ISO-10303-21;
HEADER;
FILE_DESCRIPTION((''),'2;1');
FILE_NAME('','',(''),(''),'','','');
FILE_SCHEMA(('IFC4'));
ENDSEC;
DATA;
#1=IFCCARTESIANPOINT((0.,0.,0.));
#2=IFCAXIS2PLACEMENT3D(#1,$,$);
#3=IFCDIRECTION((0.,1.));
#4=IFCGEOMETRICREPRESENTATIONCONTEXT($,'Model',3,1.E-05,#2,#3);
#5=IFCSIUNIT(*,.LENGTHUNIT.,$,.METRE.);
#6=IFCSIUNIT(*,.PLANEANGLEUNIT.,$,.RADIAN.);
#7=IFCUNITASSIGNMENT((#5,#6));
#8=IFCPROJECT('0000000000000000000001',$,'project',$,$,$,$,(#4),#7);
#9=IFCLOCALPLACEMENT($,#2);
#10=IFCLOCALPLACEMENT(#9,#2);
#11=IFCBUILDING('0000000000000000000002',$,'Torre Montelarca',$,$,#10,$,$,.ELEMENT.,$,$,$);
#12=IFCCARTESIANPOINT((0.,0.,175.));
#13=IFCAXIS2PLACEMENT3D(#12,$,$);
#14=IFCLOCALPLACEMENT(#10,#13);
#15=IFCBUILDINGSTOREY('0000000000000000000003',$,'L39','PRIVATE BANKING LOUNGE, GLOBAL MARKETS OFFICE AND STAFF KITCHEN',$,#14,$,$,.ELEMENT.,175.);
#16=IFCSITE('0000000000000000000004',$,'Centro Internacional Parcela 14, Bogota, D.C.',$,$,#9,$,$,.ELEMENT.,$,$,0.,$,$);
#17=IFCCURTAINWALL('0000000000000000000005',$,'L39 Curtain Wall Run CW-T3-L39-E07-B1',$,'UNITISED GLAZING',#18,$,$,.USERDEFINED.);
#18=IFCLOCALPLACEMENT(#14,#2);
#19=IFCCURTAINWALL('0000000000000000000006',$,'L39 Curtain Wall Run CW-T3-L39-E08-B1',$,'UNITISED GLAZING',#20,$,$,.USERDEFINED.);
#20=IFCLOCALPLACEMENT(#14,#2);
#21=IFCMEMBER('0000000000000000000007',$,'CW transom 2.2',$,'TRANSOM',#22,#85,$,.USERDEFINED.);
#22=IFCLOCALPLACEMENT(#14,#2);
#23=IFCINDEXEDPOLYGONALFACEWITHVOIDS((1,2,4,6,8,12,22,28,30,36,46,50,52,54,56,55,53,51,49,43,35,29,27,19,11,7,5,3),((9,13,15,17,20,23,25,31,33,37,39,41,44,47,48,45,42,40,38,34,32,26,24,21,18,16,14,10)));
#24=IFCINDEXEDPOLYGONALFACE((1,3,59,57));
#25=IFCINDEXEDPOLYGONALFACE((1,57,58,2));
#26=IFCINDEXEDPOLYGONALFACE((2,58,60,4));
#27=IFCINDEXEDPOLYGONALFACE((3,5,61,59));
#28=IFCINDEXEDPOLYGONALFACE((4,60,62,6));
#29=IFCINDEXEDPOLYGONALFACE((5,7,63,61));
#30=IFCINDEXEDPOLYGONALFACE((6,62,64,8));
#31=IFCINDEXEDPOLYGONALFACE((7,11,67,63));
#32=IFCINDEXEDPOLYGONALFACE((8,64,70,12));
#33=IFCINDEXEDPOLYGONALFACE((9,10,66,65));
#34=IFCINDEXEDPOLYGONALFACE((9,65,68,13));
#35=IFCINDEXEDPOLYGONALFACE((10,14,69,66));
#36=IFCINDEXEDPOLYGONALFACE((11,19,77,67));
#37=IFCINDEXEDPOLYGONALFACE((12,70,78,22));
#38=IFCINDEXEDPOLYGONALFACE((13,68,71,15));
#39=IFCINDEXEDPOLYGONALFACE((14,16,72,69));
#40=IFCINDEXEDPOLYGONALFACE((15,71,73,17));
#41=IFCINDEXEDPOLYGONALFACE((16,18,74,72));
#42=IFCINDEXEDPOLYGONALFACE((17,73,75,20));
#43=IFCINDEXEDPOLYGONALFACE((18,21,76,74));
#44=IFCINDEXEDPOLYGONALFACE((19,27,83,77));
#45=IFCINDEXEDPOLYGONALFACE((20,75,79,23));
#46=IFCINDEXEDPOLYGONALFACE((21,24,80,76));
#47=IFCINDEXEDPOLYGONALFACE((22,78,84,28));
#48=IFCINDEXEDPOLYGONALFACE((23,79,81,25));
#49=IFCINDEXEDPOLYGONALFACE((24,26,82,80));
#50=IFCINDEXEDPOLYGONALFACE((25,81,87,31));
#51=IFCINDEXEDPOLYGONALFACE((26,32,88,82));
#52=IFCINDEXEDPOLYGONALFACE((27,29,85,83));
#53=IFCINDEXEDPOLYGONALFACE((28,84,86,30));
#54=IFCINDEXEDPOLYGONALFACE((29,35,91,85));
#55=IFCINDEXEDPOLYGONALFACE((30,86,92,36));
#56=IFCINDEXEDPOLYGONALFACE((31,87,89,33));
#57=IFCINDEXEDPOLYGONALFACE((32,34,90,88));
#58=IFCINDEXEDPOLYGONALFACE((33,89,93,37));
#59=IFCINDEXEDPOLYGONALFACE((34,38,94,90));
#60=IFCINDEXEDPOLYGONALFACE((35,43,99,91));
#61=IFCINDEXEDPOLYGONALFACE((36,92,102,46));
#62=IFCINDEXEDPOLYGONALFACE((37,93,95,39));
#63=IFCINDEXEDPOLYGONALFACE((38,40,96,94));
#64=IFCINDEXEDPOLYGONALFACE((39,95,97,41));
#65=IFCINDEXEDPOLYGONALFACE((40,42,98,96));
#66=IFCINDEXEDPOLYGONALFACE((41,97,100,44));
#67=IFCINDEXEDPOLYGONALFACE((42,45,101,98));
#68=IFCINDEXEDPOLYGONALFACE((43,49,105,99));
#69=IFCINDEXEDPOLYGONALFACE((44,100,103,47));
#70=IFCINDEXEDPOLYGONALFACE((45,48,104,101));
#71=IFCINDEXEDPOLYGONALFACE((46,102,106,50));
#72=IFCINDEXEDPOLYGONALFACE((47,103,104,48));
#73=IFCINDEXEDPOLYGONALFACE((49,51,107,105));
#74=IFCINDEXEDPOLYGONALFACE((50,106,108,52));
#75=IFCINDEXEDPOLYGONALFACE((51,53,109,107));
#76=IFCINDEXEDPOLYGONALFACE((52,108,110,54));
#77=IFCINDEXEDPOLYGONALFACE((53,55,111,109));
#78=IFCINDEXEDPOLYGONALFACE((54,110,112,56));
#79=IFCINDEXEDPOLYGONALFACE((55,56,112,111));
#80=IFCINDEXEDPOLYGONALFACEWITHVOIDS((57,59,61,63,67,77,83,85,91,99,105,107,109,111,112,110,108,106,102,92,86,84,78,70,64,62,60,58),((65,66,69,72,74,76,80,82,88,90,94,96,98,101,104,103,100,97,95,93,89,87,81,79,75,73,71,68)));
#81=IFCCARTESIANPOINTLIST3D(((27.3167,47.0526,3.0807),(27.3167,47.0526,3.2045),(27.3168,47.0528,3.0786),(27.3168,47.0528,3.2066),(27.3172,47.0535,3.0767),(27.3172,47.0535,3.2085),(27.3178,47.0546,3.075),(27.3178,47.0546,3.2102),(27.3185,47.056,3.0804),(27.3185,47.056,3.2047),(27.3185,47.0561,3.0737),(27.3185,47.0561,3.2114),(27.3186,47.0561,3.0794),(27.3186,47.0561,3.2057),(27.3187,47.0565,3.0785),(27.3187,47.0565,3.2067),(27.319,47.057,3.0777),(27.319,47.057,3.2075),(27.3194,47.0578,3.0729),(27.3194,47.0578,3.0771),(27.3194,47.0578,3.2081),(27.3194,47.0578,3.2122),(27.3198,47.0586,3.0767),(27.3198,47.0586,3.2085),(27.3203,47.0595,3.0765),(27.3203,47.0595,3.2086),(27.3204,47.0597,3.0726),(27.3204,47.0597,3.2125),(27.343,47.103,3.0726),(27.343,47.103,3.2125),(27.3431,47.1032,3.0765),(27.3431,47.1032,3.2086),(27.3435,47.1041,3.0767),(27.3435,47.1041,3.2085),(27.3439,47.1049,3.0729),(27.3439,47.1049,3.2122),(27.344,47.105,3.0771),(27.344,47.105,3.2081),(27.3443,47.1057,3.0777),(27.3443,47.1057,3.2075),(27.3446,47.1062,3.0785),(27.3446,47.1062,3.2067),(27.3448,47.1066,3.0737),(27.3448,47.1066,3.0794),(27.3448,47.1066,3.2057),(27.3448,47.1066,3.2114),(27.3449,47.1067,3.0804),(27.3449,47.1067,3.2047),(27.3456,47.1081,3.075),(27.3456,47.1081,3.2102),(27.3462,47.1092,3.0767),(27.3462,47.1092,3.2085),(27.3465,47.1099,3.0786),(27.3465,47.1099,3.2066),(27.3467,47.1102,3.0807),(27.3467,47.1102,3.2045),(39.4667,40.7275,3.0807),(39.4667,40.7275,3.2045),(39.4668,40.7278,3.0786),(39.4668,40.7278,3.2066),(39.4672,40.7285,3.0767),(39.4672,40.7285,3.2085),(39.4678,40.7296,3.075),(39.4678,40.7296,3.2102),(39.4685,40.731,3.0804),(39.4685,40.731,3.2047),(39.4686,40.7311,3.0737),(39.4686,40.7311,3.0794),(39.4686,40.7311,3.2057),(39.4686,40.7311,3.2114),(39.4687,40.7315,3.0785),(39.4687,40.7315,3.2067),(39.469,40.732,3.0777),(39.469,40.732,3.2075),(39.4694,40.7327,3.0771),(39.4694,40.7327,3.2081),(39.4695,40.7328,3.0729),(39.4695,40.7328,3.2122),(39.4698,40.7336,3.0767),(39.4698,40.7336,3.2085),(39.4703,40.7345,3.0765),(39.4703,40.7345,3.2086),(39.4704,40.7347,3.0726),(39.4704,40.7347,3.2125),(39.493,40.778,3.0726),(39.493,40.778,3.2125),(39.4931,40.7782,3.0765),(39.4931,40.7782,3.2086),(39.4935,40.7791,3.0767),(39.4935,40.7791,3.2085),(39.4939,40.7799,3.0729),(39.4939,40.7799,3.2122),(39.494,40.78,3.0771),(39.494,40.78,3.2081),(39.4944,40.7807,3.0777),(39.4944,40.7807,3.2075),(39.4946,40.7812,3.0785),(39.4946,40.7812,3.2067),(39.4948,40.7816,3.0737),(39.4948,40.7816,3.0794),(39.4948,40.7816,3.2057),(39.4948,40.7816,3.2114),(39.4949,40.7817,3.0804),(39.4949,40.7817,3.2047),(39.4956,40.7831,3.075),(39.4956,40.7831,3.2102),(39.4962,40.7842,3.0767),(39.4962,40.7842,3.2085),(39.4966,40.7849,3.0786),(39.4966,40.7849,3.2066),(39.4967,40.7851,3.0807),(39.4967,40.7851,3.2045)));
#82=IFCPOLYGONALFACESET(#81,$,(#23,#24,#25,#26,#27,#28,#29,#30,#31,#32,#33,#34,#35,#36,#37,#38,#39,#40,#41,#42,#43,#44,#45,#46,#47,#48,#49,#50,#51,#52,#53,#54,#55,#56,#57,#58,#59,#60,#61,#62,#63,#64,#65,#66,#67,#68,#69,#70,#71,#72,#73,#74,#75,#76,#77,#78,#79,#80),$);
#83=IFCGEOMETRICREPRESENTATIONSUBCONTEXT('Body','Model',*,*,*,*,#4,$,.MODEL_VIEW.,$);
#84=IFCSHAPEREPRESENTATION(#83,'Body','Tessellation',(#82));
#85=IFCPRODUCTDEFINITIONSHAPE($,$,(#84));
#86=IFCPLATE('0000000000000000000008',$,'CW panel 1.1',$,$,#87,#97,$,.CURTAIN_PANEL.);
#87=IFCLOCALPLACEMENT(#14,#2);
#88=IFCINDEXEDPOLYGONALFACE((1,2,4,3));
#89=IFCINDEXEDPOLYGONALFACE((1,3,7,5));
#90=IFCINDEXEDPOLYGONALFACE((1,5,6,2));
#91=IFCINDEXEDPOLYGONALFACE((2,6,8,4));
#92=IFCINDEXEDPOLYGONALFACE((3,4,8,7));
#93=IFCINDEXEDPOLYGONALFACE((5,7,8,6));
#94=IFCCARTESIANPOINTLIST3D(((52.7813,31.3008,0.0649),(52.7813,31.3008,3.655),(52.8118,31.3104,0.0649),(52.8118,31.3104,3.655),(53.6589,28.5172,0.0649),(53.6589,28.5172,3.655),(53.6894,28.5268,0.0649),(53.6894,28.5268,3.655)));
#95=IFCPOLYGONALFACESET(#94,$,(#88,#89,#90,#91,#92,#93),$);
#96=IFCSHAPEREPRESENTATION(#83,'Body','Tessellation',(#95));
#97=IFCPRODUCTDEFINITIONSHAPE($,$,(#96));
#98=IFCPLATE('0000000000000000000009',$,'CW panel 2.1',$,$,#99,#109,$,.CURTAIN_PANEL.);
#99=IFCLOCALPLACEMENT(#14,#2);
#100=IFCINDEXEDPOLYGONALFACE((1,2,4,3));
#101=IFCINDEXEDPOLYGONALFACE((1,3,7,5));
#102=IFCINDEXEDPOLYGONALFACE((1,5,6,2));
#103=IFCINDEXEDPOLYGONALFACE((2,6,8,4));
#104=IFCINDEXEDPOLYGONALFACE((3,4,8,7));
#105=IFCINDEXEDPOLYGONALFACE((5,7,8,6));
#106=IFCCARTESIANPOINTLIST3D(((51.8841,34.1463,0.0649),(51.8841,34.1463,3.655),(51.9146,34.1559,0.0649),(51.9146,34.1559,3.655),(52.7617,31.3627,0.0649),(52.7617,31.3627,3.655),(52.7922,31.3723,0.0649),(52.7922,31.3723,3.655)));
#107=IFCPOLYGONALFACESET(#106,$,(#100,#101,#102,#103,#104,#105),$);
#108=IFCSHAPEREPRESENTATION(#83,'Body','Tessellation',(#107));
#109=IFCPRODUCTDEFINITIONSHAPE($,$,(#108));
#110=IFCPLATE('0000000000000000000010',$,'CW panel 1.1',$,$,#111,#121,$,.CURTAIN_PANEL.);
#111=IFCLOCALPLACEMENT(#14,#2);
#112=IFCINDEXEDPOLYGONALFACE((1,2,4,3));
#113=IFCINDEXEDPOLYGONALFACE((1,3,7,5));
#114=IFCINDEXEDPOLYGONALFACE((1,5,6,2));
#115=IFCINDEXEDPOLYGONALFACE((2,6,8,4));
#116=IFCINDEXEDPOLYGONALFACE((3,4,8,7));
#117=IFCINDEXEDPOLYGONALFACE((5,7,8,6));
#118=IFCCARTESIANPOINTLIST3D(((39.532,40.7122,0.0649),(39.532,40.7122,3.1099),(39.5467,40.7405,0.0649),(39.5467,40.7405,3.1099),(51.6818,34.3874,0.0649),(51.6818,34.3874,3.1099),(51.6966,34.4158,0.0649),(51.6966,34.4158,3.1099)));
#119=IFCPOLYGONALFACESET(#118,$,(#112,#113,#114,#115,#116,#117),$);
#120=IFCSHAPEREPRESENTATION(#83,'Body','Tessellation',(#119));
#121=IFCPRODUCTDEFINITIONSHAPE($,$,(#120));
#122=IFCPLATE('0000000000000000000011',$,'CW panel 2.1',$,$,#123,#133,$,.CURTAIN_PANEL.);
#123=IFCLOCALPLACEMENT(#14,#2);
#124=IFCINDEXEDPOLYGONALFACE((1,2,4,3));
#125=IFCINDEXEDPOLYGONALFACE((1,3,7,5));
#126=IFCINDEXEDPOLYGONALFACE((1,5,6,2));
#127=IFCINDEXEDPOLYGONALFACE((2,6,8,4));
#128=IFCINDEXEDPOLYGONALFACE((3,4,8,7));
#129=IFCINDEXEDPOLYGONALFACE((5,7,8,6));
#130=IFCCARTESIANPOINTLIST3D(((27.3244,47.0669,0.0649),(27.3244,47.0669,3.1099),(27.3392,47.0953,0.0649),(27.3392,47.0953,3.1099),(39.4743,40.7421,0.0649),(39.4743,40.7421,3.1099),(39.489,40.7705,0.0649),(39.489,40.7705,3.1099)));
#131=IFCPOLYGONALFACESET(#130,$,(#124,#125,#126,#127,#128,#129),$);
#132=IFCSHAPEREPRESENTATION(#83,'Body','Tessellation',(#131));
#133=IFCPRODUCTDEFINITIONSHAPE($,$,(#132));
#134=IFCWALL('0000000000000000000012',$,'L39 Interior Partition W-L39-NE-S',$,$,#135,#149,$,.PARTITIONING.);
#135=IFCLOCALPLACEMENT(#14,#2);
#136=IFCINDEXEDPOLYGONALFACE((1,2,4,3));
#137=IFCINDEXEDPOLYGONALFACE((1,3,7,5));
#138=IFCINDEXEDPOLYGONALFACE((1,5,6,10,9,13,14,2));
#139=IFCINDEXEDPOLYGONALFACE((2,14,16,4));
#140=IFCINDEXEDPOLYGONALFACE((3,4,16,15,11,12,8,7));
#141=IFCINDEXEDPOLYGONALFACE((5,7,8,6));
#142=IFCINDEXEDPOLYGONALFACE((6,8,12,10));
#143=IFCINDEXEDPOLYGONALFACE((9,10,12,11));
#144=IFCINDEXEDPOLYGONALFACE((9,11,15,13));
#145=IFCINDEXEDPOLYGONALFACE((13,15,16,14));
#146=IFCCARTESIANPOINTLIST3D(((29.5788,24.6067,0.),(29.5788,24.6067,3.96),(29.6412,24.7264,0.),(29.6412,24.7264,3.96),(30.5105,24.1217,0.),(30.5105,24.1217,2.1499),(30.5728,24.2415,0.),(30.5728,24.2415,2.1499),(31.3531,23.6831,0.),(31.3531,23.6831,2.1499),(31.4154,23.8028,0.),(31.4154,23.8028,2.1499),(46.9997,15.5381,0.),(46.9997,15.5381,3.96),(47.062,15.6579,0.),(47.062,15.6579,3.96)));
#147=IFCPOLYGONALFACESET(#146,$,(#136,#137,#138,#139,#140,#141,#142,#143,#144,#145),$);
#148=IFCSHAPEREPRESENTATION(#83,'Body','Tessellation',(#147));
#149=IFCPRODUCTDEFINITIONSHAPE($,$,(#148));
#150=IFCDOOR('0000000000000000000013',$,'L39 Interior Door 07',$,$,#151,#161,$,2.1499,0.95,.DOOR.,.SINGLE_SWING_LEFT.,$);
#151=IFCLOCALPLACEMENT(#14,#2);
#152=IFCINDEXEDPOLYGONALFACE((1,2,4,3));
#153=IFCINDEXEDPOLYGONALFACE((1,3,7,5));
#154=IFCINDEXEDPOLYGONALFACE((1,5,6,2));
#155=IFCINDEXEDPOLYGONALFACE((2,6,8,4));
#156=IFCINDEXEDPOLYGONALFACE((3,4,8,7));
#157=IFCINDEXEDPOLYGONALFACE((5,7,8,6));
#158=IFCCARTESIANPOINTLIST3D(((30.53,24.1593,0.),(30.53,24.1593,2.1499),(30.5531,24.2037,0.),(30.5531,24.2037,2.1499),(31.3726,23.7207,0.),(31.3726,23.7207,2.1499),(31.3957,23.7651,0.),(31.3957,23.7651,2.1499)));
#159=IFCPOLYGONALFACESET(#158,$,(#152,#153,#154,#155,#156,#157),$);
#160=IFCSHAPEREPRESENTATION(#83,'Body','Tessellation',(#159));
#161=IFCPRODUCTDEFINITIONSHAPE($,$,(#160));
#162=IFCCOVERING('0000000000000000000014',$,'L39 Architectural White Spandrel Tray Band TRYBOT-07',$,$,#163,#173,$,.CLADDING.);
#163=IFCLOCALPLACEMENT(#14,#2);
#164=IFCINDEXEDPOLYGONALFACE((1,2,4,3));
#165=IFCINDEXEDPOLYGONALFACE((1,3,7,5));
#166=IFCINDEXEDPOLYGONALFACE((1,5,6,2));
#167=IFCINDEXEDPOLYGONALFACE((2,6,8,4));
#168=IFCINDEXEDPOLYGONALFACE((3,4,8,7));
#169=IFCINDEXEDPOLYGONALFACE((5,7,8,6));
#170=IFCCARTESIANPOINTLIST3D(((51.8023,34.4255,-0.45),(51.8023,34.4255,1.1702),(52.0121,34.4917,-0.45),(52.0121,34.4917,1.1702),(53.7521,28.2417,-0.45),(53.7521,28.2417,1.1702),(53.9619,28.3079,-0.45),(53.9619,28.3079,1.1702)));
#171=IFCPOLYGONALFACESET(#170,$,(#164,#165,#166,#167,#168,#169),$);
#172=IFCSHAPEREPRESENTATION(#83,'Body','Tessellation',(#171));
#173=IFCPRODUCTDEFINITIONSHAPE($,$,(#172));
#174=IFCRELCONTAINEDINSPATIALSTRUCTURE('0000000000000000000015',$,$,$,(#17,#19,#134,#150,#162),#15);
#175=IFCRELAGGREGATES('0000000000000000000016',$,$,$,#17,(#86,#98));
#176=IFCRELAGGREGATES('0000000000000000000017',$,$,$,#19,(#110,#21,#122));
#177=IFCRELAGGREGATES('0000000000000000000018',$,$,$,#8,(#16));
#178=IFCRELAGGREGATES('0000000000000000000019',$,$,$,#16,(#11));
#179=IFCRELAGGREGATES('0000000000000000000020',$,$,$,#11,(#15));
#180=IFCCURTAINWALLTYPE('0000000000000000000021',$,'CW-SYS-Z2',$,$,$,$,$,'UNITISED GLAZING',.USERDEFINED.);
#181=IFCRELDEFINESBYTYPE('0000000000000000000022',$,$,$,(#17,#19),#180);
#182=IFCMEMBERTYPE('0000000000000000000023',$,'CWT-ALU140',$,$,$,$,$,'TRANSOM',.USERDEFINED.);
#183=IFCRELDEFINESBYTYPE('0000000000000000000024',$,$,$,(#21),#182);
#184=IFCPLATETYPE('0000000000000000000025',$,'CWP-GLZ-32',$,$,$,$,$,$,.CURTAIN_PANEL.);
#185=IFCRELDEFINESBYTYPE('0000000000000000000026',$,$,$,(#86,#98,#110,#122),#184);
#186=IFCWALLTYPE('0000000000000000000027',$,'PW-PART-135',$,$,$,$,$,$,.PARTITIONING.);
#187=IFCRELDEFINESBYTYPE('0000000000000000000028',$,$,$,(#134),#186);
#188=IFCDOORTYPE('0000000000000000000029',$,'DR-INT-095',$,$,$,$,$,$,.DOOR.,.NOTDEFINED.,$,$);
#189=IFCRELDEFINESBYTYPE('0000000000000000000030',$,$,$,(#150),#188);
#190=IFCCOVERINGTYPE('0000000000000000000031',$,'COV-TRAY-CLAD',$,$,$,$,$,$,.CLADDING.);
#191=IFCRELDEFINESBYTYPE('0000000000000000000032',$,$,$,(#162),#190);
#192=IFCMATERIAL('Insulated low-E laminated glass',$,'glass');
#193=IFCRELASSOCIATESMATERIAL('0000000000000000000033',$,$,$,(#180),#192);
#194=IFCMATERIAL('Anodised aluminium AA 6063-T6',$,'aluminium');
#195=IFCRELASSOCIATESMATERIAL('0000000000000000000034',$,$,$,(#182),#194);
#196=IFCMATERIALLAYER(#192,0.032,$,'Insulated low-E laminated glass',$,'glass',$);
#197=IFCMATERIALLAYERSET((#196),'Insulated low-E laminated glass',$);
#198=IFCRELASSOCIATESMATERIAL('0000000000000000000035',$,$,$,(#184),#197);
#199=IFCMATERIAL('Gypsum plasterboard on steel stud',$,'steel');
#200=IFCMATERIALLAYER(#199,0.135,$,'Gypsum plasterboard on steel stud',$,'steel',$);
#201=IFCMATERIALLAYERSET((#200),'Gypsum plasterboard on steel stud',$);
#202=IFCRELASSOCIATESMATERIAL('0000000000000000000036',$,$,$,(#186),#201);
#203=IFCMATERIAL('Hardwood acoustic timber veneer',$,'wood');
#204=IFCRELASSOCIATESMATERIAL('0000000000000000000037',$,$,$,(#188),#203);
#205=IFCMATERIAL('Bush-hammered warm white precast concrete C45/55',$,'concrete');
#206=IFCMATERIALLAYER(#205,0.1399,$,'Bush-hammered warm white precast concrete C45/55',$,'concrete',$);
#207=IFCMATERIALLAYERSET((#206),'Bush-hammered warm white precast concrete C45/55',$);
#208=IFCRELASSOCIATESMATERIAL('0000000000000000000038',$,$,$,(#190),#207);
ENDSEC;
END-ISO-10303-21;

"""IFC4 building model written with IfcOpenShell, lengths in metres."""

from ifc_helpers import new_model, si_unit, direction, frame, frame_2d, origin, origin_2d, place, context, subcontext, project, spatial, rectangle, hollow_rectangle, extrude, source, transform, mapped, material, layer, layer_set, material_profile, profile_set, type_object, element, fill, aggregate, save


model = new_model("IFC4")

# Units and contexts
model_context = context("Model", 3, precision=1e-05, world=origin(), true_north=direction((0.0, 1.0)))
body_context = subcontext(model_context, "Body", "Model", "MODEL_VIEW")
ifc_project = project(units=[si_unit("LENGTHUNIT", "METRE"), si_unit("PLANEANGLEUNIT", "RADIAN")], contexts=[model_context])

# Site, building, storey
site_placement = place(None, origin())
site = spatial("IfcSite", under=ifc_project, at=site_placement, Name="Centro Internacional Parcela 14, Bogota, D.C.", CompositionType="ELEMENT", RefElevation=0.0)
building_placement = place(site_placement, origin())
building = spatial("IfcBuilding", under=site, at=building_placement, Name="Torre Montelarca", CompositionType="ELEMENT")
storey_placement = place(building_placement, frame((0.0, 0.0, 175.0)))
storey = spatial("IfcBuildingStorey", under=building, at=storey_placement, Name="L39", Description="PRIVATE BANKING LOUNGE, GLOBAL MARKETS OFFICE AND STAFF KITCHEN", CompositionType="ELEMENT", Elevation=175.0)

# Curtain wall
ifc_material_1 = material(Name="Insulated low-E laminated glass", Category="glass")
curtain_wall_type = type_object("IfcCurtainWallType", Name="CW-SYS-Z2", ElementType="UNITISED GLAZING", PredefinedType="USERDEFINED", material=ifc_material_1)
curtain_wall_1_placement = place(storey_placement, origin())
curtain_wall_1 = element("IfcCurtainWall", 1, at=curtain_wall_1_placement, inside=storey, type_object=curtain_wall_type, Name="L39 Curtain Wall Run CW-T3-L39-E07-B1", ObjectType="UNITISED GLAZING", PredefinedType="USERDEFINED")
ifc_material_2 = material(Name="Anodised aluminium AA 6063-T6", Category="aluminium")
ifc_material_profile_1 = material_profile(ifc_material_2, hollow_rectangle(XDim=0.0649, YDim=0.1399, WallThickness=0.0039, InnerFilletRadius=0.0039, OuterFilletRadius=0.0081, at=origin_2d()), Name="ALU65X140X4", Category="aluminium")
ifc_profile_set_1 = profile_set([ifc_material_profile_1], Name="Anodised aluminium AA 6063-T6")
member_type_1 = type_object("IfcMemberType", Name="CWT-ALU140", ElementType="TRANSOM", PredefinedType="USERDEFINED", material=ifc_profile_set_1)

# Curtain wall, member
curtain_wall_2_placement = place(storey_placement, origin())
curtain_wall_2 = element("IfcCurtainWall", 2, at=curtain_wall_2_placement, inside=storey, type_object=curtain_wall_type, Name="L39 Curtain Wall Run CW-T3-L39-E08-B1", ObjectType="UNITISED GLAZING", PredefinedType="USERDEFINED")
shared_shape_1 = source(origin(), body_context, "Body", "SweptSolid", [
    extrude(hollow_rectangle(XDim=0.0649, YDim=0.1399, WallThickness=0.0039, InnerFilletRadius=0.0039, OuterFilletRadius=0.0081, at=origin_2d()), origin(), (0.0, 0.0, 1.0), 13.6978),
])
member_1_placement = place(storey_placement, frame((39.4817, 40.7563, 3.1426), z_axis=(-0.887007, 0.461755, 0.0), x_axis=(-0.461755, -0.887007, 0.0)))
member_1 = element("IfcMember", 3, at=member_1_placement, type_object=member_type_1, Name="CW transom 2.2", ObjectType="TRANSOM", PredefinedType="USERDEFINED", context=body_context, shape_type="MappedRepresentation", body=[
    mapped(shared_shape_1, transform((0.0, 0.0, 0.0), scale=1.0)),
])

# Plates
ifc_layer_1 = layer(ifc_material_1, 0.032, Name="Insulated low-E laminated glass", Category="glass")
ifc_layer_set_1 = layer_set([ifc_layer_1], Name="Insulated low-E laminated glass")
plate_type = type_object("IfcPlateType", Name="CWP-GLZ-32", PredefinedType="CURTAIN_PANEL", material=ifc_layer_set_1)
shared_shape_2 = source(origin(), body_context, "Body", "SweptSolid", [
    extrude(rectangle(XDim=2.9187, YDim=0.032, at=origin_2d()), origin(), (0.0, 0.0, 1.0), 3.5901),
])
plate_1_placement = place(storey_placement, frame((53.2354, 29.9138, 0.0649), z_axis=(0.0, 0.0, 1.0), x_axis=(-0.300699, 0.953719, 0.0)))
plate_1 = element("IfcPlate", 4, at=plate_1_placement, type_object=plate_type, Name="CW panel 1.1", PredefinedType="CURTAIN_PANEL", context=body_context, shape_type="MappedRepresentation", body=[
    mapped(shared_shape_2, transform((0.0, 0.0, 0.0), scale=1.0)),
])
plate_2_placement = place(storey_placement, frame((52.3381, 32.7593, 0.0649), z_axis=(0.0, 0.0, 1.0), x_axis=(-0.300699, 0.953719, 0.0)))
plate_2 = element("IfcPlate", 5, at=plate_2_placement, type_object=plate_type, Name="CW panel 2.1", PredefinedType="CURTAIN_PANEL", context=body_context, shape_type="MappedRepresentation", body=[
    mapped(shared_shape_2, transform((0.0, 0.0, 0.0), scale=1.0)),
])
aggregate(curtain_wall_1, [plate_1, plate_2])
shared_shape_3 = source(origin(), body_context, "Body", "SweptSolid", [
    extrude(rectangle(XDim=13.6975, YDim=0.032, at=origin_2d()), origin(), (0.0, 0.0, 1.0), 3.0449),
])
plate_3_placement = place(storey_placement, frame((45.6143, 37.564, 0.0649), z_axis=(0.0, 0.0, 1.0), x_axis=(-0.887011, 0.461748, 0.0)))
plate_3 = element("IfcPlate", 6, at=plate_3_placement, type_object=plate_type, Name="CW panel 1.1", PredefinedType="CURTAIN_PANEL", context=body_context, shape_type="MappedRepresentation", body=[
    mapped(shared_shape_3, transform((0.0, 0.0, 0.0), scale=1.0)),
])
plate_4_placement = place(storey_placement, frame((33.4067, 43.9187, 0.0649), z_axis=(0.0, 0.0, 1.0), x_axis=(-0.887011, 0.461748, 0.0)))
plate_4 = element("IfcPlate", 7, at=plate_4_placement, type_object=plate_type, Name="CW panel 2.1", PredefinedType="CURTAIN_PANEL", context=body_context, shape_type="MappedRepresentation", body=[
    mapped(shared_shape_3, transform((0.0, 0.0, 0.0), scale=1.0)),
])
aggregate(curtain_wall_2, [plate_3, member_1, plate_4])

# Wall, opening, door
ifc_material_3 = material(Name="Gypsum plasterboard on steel stud", Category="steel")
ifc_layer_2 = layer(ifc_material_3, 0.135, Name="Gypsum plasterboard on steel stud", Category="steel")
ifc_layer_set_2 = layer_set([ifc_layer_2], Name="Gypsum plasterboard on steel stud")
wall_type = type_object("IfcWallType", Name="PW-PART-135", PredefinedType="PARTITIONING", material=ifc_layer_set_2)
wall_placement = place(storey_placement, frame((29.6101, 24.6665, 0.0), z_axis=(0.0, 0.0, 1.0), x_axis=(0.887014, -0.461743, 0.0)))
wall = element("IfcWall", 8, at=wall_placement, inside=storey, type_object=wall_type, Name="L39 Interior Partition W-L39-NE-S", PredefinedType="PARTITIONING", context=body_context, shape_type="SweptSolid", body=[
    extrude(rectangle(XDim=19.6399, YDim=0.135, at=frame_2d((9.8198, 0.0))), origin(), (0.0, 0.0, 1.0), 3.96),
])
opening_placement = place(wall_placement, frame((1.05, 0.0, 0.0)))
opening = element("IfcOpeningElement", 9, at=opening_placement, cuts=wall, PredefinedType="OPENING", context=body_context, shape_type="SweptSolid", body=[
    extrude(rectangle(XDim=0.95, YDim=2.1499, at=frame_2d((0.4751, 1.075))), frame((0.0, 0.0776, 0.0), z_axis=(0.0, -1.0, 0.0), x_axis=(1.0, 0.0, 0.0)), (0.0, 0.0, 1.0), 0.155),
])
ifc_material_4 = material(Name="Hardwood acoustic timber veneer", Category="wood")
door_type = type_object("IfcDoorType", Name="DR-INT-095", OperationType="NOTDEFINED", PredefinedType="DOOR", material=ifc_material_4)
shared_shape_4 = source(origin(), body_context, "Body", "SweptSolid", [
    extrude(rectangle(XDim=0.95, YDim=2.1499, at=frame_2d((0.4751, 1.075))), frame((0.0, 0.0249, 0.0), z_axis=(0.0, -1.0, 0.0), x_axis=(1.0, 0.0, 0.0)), (0.0, 0.0, 1.0), 0.05),
])
door_placement = place(opening_placement, origin())
door = element("IfcDoor", 10, at=door_placement, inside=storey, type_object=door_type, Name="L39 Interior Door 07", OperationType="SINGLE_SWING_LEFT", OverallHeight=2.1499, OverallWidth=0.95, PredefinedType="DOOR", context=body_context, shape_type="MappedRepresentation", body=[
    mapped(shared_shape_4, transform((0.0, 0.0, 0.0), scale=1.0)),
])
fill(opening, door)

# Covering
ifc_material_5 = material(Name="Bush-hammered warm white precast concrete C45/55", Category="concrete")
ifc_layer_3 = layer(ifc_material_5, 0.1399, Name="Bush-hammered warm white precast concrete C45/55", Category="concrete")
ifc_layer_set_3 = layer_set([ifc_layer_3], Name="Bush-hammered warm white precast concrete C45/55")
covering_type = type_object("IfcCoveringType", Name="COV-TRAY-CLAD", PredefinedType="CLADDING", material=ifc_layer_set_3)
shared_shape_5 = source(origin(), body_context, "Body", "SweptSolid", [
    extrude(rectangle(XDim=6.4839, YDim=0.22, at=origin_2d()), origin(), (0.0, 0.0, 1.0), 1.6201),
])
covering_1_placement = place(storey_placement, frame((52.8821, 31.3667, -0.45), z_axis=(0.0, 0.0, 1.0), x_axis=(-0.300709, 0.953716, 0.0)))
element("IfcCovering", 11, at=covering_1_placement, inside=storey, type_object=covering_type, Name="L39 Architectural White Spandrel Tray Band TRYBOT-07", PredefinedType="CLADDING", context=body_context, shape_type="MappedRepresentation", body=[
    mapped(shared_shape_5, transform((0.0, 0.0, 0.0), scale=1.0)),
])

save(model, "model.ifc")
